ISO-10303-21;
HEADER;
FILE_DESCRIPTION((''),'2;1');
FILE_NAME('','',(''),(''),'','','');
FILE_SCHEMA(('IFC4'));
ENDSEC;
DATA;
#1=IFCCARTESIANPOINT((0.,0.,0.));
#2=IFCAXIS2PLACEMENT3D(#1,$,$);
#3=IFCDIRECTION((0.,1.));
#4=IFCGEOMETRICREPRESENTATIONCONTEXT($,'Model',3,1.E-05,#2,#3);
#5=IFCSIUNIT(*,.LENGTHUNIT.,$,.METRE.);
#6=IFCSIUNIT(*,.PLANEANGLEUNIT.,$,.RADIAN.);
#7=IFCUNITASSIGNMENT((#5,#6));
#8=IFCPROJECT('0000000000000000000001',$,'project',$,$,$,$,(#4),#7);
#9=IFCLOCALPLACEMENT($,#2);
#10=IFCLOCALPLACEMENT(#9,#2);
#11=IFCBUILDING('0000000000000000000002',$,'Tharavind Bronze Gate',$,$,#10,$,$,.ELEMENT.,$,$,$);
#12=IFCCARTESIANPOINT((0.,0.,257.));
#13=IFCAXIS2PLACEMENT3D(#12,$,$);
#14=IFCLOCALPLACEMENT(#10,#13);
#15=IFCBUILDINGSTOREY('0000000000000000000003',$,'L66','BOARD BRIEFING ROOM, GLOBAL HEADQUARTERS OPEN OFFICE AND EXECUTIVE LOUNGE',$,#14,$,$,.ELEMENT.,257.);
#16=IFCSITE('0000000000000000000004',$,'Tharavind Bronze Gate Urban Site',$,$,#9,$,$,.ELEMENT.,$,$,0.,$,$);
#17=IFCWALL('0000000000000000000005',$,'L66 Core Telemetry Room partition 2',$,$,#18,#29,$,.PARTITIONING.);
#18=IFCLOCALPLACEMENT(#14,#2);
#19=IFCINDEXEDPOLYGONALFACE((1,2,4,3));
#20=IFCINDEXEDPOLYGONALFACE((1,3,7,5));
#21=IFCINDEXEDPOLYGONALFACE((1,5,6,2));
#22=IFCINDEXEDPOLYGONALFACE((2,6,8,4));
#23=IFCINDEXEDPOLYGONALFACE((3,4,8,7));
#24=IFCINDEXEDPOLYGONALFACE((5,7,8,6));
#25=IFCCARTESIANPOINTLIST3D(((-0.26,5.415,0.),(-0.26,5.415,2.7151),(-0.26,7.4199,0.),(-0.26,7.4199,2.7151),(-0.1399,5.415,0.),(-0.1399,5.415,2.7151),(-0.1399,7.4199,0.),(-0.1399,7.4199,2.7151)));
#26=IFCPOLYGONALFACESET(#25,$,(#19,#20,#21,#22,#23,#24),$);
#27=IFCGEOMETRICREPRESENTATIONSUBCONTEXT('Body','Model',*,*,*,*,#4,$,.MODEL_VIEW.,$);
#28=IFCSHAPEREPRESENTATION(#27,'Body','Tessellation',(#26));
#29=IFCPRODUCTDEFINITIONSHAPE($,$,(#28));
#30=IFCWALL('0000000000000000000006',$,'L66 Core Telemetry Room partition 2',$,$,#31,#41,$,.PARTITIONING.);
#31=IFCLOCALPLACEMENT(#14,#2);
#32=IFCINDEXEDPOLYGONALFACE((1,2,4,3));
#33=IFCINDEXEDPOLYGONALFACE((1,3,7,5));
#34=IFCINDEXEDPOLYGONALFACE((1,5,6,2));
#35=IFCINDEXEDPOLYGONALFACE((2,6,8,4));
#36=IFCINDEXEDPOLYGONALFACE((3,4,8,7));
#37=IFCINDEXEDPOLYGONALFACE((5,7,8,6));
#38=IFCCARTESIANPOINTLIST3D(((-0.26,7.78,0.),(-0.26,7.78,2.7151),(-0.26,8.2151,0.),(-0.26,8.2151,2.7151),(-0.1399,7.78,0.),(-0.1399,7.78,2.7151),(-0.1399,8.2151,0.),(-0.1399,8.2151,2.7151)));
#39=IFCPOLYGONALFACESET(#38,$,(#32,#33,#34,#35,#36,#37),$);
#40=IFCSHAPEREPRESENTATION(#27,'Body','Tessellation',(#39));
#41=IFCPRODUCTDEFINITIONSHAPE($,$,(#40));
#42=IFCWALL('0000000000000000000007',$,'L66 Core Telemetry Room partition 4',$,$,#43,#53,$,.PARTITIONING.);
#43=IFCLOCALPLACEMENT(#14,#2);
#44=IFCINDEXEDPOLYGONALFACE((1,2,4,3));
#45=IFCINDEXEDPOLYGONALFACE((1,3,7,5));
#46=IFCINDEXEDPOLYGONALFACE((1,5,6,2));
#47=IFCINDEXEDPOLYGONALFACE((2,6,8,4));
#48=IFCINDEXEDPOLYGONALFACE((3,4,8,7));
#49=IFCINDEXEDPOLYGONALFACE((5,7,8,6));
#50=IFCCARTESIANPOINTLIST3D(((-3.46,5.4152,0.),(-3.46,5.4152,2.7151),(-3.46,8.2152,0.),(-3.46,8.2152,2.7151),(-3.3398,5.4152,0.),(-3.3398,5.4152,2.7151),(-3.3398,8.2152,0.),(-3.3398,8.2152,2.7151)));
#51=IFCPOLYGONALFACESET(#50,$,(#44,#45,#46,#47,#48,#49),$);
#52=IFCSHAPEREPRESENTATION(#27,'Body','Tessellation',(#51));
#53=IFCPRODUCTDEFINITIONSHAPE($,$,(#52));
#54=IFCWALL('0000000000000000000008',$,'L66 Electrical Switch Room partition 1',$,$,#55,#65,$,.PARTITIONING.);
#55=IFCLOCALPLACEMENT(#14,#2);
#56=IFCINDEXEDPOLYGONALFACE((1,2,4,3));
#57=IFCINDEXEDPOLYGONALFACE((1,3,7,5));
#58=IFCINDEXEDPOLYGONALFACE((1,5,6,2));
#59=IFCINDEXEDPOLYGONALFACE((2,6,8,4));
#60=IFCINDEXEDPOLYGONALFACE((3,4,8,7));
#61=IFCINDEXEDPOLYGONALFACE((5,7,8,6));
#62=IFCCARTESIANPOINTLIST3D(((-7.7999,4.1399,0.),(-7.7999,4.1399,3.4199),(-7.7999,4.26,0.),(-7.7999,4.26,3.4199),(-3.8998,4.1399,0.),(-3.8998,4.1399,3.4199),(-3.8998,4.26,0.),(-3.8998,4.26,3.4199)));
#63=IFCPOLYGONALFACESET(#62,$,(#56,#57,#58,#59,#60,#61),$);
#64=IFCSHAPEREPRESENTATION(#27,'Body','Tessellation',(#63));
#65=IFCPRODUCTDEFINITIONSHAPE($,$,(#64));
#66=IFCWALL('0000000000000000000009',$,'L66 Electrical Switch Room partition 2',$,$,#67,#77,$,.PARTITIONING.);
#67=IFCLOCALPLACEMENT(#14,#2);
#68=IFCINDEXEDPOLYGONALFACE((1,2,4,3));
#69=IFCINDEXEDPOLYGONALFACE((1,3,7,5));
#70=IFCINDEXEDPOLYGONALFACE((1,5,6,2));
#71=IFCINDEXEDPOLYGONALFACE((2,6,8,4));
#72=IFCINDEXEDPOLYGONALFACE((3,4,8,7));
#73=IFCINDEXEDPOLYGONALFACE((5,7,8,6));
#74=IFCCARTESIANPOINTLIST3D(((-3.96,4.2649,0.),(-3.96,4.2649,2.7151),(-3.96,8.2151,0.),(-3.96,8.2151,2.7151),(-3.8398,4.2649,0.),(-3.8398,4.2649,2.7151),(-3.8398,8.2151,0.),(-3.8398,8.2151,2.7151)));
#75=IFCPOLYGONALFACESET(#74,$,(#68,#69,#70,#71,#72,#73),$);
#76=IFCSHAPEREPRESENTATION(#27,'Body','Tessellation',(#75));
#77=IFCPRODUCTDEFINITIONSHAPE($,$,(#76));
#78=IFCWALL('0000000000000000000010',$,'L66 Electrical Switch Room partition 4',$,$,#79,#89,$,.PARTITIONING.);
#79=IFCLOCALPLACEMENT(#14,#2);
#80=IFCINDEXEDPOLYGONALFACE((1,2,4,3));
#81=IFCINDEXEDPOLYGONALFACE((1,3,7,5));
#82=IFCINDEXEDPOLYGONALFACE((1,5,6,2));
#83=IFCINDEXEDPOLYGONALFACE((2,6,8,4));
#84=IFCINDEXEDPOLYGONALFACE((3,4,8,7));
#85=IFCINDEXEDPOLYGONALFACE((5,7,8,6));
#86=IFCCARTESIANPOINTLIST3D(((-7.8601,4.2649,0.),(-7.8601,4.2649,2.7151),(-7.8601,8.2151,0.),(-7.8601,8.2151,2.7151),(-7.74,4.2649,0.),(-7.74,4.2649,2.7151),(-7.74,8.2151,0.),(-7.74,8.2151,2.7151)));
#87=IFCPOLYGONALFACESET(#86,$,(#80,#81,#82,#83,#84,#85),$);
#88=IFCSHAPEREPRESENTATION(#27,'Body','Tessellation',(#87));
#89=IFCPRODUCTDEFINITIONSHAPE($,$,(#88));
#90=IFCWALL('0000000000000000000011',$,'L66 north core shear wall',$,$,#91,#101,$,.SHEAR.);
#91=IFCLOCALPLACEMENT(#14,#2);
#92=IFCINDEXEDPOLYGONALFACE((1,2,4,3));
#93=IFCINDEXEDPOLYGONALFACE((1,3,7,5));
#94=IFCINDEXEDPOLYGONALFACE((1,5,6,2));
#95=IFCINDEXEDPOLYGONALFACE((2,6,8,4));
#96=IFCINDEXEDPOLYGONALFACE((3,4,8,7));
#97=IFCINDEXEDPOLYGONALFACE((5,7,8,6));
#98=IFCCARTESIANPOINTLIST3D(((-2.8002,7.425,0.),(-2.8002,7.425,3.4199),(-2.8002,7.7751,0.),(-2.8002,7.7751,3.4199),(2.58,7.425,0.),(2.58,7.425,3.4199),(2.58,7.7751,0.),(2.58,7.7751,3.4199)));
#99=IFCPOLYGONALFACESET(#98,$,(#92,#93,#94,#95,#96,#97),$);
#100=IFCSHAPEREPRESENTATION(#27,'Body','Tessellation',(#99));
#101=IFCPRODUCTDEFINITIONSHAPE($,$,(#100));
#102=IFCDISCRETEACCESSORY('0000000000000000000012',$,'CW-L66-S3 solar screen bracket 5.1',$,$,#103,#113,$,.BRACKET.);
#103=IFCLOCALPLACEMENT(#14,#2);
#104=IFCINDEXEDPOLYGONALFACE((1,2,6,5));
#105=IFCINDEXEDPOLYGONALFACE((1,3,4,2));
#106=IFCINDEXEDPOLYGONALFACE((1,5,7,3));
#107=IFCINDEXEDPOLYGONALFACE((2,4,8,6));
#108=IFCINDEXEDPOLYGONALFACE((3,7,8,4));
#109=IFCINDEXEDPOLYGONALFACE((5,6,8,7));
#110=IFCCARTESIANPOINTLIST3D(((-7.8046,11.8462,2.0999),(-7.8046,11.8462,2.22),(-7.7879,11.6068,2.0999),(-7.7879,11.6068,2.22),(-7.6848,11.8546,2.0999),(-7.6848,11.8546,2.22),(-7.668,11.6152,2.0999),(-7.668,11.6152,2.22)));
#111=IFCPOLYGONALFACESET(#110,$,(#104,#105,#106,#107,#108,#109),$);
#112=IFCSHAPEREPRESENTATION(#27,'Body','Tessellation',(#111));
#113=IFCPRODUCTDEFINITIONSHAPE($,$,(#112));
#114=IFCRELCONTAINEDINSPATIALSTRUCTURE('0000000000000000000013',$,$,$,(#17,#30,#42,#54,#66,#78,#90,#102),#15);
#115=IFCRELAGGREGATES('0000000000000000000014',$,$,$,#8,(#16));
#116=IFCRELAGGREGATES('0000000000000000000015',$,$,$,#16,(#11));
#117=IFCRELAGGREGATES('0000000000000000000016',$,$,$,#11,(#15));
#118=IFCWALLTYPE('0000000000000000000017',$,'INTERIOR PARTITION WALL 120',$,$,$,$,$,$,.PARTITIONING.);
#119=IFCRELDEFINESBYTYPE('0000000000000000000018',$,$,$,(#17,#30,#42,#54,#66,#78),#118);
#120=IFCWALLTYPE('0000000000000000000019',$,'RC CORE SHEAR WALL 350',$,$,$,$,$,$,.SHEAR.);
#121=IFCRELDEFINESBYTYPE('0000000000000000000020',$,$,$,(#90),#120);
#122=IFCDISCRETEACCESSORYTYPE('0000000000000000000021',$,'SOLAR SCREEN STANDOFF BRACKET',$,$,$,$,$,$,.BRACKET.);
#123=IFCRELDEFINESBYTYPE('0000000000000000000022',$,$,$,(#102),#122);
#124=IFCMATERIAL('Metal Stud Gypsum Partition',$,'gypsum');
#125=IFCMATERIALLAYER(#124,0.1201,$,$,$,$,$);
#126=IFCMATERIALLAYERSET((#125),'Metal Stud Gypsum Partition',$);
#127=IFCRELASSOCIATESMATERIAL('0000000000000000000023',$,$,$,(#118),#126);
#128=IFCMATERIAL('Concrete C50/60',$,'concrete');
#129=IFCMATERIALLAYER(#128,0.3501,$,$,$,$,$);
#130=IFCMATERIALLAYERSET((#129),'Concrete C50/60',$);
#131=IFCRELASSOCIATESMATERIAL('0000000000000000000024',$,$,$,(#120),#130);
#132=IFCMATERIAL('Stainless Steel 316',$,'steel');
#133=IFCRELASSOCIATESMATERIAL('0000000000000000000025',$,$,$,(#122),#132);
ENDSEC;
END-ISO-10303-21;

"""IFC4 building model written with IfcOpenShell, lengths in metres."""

from ifc_helpers import new_model, si_unit, direction, frame, frame_2d, origin, origin_2d, place, context, subcontext, project, spatial, rectangle, extrude, material, layer, layer_set, type_object, element, save


model = new_model("IFC4")

# Units and contexts
model_context = context("Model", 3, precision=1e-05, world=origin(), true_north=direction((0.0, 1.0)))
body_context = subcontext(model_context, "Body", "Model", "MODEL_VIEW")
ifc_project = project(units=[si_unit("LENGTHUNIT", "METRE"), si_unit("PLANEANGLEUNIT", "RADIAN")], contexts=[model_context])

# Site, building, storey
site_placement = place(None, origin())
site = spatial("IfcSite", under=ifc_project, at=site_placement, Name="Tharavind Bronze Gate Urban Site", CompositionType="ELEMENT", RefElevation=0.0)
building_placement = place(site_placement, origin())
building = spatial("IfcBuilding", under=site, at=building_placement, Name="Tharavind Bronze Gate", CompositionType="ELEMENT")
storey_placement = place(building_placement, frame((0.0, 0.0, 257.0)))
storey = spatial("IfcBuildingStorey", under=building, at=storey_placement, Name="L66", Description="BOARD BRIEFING ROOM, GLOBAL HEADQUARTERS OPEN OFFICE AND EXECUTIVE LOUNGE", CompositionType="ELEMENT", Elevation=257.0)

# Walls
ifc_material_1 = material(Name="Metal Stud Gypsum Partition", Category="gypsum")
ifc_layer_1 = layer(ifc_material_1, 0.1201)
ifc_layer_set_1 = layer_set([ifc_layer_1], Name="Metal Stud Gypsum Partition")
wall_type_1 = type_object("IfcWallType", Name="INTERIOR PARTITION WALL 120", PredefinedType="PARTITIONING", material=ifc_layer_set_1)
wall_1_placement = place(storey_placement, frame((-0.2, 5.415, 0.0), z_axis=(0.0, 0.0, 1.0), x_axis=(0.0, 1.0, 0.0)))
element("IfcWall", 1, at=wall_1_placement, inside=storey, type_object=wall_type_1, Name="L66 Core Telemetry Room partition 2", PredefinedType="PARTITIONING", context=body_context, shape_type="SweptSolid", body=[
    extrude(rectangle(XDim=2.0049, YDim=0.1201, at=frame_2d((1.0024, 0.0))), origin(), (0.0, 0.0, 1.0), 2.7151),
])
wall_2_placement = place(storey_placement, frame((-0.2, 7.78, 0.0), z_axis=(0.0, 0.0, 1.0), x_axis=(0.0, 1.0, 0.0)))
element("IfcWall", 2, at=wall_2_placement, inside=storey, type_object=wall_type_1, Name="L66 Core Telemetry Room partition 2", PredefinedType="PARTITIONING", context=body_context, shape_type="SweptSolid", body=[
    extrude(rectangle(XDim=0.4351, YDim=0.1201, at=frame_2d((0.2175, 0.0))), origin(), (0.0, 0.0, 1.0), 2.7151),
])
wall_3_placement = place(storey_placement, frame((-3.3999, 8.2151, 0.0), z_axis=(0.0, 0.0, 1.0), x_axis=(0.0, -1.0, 0.0)))
element("IfcWall", 3, at=wall_3_placement, inside=storey, type_object=wall_type_1, Name="L66 Core Telemetry Room partition 4", PredefinedType="PARTITIONING", context=body_context, shape_type="SweptSolid", body=[
    extrude(rectangle(XDim=2.8, YDim=0.1201, at=frame_2d((1.3999, 0.0))), origin(), (0.0, 0.0, 1.0), 2.7151),
])
wall_4_placement = place(storey_placement, frame((-7.8, 4.2, 0.0), z_axis=(0.0, 0.0, 1.0), x_axis=(1.0, 0.0, 0.0)))
element("IfcWall", 4, at=wall_4_placement, inside=storey, type_object=wall_type_1, Name="L66 Electrical Switch Room partition 1", PredefinedType="PARTITIONING", context=body_context, shape_type="SweptSolid", body=[
    extrude(rectangle(XDim=3.9001, YDim=0.1201, at=frame_2d((1.9502, 0.0))), origin(), (0.0, 0.0, 1.0), 3.4199),
])
for number, where, z_axis, x_axis, name in (
    (5, (-3.8999, 4.2649, 0.0), (0.0, 0.0, 1.0), (0.0, 1.0, 0.0), "L66 Electrical Switch Room partition 2"),
    (6, (-7.8, 8.2151, 0.0), (0.0, 0.0, 1.0), (0.0, -1.0, 0.0), "L66 Electrical Switch Room partition 4"),
):
    element("IfcWall", number, at=place(storey_placement, frame(where, z_axis=z_axis, x_axis=x_axis)), inside=storey, type_object=wall_type_1, Name=name, PredefinedType="PARTITIONING", context=body_context, shape_type="SweptSolid", body=[
        extrude(rectangle(XDim=3.9502, YDim=0.1201, at=frame_2d((1.9751, 0.0))), origin(), (0.0, 0.0, 1.0), 2.7151),
    ])
ifc_material_2 = material(Name="Concrete C50/60", Category="concrete")
ifc_layer_2 = layer(ifc_material_2, 0.3501)
ifc_layer_set_2 = layer_set([ifc_layer_2], Name="Concrete C50/60")
wall_type_2 = type_object("IfcWallType", Name="RC CORE SHEAR WALL 350", PredefinedType="SHEAR", material=ifc_layer_set_2)
wall_5_placement = place(storey_placement, frame((-2.8, 7.6001, 0.0), z_axis=(0.0, 0.0, 1.0), x_axis=(1.0, 0.0, 0.0)))
element("IfcWall", 7, at=wall_5_placement, inside=storey, type_object=wall_type_2, Name="L66 north core shear wall", PredefinedType="SHEAR", context=body_context, shape_type="SweptSolid", body=[
    extrude(rectangle(XDim=5.3801, YDim=0.3501, at=frame_2d((2.6899, 0.0))), origin(), (0.0, 0.0, 1.0), 3.4199),
])

# Discrete accessory
ifc_material_3 = material(Name="Stainless Steel 316", Category="steel")
discrete_accessory_type = type_object("IfcDiscreteAccessoryType", Name="SOLAR SCREEN STANDOFF BRACKET", PredefinedType="BRACKET", material=ifc_material_3)
discrete_accessory_placement = place(storey_placement, frame((-7.7363, 11.7307, 2.0999), z_axis=(0.0, 0.0, 1.0), x_axis=(-0.997564, -0.06976, 0.0)))
element("IfcDiscreteAccessory", 8, at=discrete_accessory_placement, inside=storey, type_object=discrete_accessory_type, Name="CW-L66-S3 solar screen bracket 5.1", PredefinedType="BRACKET", context=body_context, shape_type="SweptSolid", body=[
    extrude(rectangle(XDim=0.1201, YDim=0.24, at=origin_2d()), origin(), (0.0, 0.0, 1.0), 0.1201),
])

save(model, "model.ifc")
